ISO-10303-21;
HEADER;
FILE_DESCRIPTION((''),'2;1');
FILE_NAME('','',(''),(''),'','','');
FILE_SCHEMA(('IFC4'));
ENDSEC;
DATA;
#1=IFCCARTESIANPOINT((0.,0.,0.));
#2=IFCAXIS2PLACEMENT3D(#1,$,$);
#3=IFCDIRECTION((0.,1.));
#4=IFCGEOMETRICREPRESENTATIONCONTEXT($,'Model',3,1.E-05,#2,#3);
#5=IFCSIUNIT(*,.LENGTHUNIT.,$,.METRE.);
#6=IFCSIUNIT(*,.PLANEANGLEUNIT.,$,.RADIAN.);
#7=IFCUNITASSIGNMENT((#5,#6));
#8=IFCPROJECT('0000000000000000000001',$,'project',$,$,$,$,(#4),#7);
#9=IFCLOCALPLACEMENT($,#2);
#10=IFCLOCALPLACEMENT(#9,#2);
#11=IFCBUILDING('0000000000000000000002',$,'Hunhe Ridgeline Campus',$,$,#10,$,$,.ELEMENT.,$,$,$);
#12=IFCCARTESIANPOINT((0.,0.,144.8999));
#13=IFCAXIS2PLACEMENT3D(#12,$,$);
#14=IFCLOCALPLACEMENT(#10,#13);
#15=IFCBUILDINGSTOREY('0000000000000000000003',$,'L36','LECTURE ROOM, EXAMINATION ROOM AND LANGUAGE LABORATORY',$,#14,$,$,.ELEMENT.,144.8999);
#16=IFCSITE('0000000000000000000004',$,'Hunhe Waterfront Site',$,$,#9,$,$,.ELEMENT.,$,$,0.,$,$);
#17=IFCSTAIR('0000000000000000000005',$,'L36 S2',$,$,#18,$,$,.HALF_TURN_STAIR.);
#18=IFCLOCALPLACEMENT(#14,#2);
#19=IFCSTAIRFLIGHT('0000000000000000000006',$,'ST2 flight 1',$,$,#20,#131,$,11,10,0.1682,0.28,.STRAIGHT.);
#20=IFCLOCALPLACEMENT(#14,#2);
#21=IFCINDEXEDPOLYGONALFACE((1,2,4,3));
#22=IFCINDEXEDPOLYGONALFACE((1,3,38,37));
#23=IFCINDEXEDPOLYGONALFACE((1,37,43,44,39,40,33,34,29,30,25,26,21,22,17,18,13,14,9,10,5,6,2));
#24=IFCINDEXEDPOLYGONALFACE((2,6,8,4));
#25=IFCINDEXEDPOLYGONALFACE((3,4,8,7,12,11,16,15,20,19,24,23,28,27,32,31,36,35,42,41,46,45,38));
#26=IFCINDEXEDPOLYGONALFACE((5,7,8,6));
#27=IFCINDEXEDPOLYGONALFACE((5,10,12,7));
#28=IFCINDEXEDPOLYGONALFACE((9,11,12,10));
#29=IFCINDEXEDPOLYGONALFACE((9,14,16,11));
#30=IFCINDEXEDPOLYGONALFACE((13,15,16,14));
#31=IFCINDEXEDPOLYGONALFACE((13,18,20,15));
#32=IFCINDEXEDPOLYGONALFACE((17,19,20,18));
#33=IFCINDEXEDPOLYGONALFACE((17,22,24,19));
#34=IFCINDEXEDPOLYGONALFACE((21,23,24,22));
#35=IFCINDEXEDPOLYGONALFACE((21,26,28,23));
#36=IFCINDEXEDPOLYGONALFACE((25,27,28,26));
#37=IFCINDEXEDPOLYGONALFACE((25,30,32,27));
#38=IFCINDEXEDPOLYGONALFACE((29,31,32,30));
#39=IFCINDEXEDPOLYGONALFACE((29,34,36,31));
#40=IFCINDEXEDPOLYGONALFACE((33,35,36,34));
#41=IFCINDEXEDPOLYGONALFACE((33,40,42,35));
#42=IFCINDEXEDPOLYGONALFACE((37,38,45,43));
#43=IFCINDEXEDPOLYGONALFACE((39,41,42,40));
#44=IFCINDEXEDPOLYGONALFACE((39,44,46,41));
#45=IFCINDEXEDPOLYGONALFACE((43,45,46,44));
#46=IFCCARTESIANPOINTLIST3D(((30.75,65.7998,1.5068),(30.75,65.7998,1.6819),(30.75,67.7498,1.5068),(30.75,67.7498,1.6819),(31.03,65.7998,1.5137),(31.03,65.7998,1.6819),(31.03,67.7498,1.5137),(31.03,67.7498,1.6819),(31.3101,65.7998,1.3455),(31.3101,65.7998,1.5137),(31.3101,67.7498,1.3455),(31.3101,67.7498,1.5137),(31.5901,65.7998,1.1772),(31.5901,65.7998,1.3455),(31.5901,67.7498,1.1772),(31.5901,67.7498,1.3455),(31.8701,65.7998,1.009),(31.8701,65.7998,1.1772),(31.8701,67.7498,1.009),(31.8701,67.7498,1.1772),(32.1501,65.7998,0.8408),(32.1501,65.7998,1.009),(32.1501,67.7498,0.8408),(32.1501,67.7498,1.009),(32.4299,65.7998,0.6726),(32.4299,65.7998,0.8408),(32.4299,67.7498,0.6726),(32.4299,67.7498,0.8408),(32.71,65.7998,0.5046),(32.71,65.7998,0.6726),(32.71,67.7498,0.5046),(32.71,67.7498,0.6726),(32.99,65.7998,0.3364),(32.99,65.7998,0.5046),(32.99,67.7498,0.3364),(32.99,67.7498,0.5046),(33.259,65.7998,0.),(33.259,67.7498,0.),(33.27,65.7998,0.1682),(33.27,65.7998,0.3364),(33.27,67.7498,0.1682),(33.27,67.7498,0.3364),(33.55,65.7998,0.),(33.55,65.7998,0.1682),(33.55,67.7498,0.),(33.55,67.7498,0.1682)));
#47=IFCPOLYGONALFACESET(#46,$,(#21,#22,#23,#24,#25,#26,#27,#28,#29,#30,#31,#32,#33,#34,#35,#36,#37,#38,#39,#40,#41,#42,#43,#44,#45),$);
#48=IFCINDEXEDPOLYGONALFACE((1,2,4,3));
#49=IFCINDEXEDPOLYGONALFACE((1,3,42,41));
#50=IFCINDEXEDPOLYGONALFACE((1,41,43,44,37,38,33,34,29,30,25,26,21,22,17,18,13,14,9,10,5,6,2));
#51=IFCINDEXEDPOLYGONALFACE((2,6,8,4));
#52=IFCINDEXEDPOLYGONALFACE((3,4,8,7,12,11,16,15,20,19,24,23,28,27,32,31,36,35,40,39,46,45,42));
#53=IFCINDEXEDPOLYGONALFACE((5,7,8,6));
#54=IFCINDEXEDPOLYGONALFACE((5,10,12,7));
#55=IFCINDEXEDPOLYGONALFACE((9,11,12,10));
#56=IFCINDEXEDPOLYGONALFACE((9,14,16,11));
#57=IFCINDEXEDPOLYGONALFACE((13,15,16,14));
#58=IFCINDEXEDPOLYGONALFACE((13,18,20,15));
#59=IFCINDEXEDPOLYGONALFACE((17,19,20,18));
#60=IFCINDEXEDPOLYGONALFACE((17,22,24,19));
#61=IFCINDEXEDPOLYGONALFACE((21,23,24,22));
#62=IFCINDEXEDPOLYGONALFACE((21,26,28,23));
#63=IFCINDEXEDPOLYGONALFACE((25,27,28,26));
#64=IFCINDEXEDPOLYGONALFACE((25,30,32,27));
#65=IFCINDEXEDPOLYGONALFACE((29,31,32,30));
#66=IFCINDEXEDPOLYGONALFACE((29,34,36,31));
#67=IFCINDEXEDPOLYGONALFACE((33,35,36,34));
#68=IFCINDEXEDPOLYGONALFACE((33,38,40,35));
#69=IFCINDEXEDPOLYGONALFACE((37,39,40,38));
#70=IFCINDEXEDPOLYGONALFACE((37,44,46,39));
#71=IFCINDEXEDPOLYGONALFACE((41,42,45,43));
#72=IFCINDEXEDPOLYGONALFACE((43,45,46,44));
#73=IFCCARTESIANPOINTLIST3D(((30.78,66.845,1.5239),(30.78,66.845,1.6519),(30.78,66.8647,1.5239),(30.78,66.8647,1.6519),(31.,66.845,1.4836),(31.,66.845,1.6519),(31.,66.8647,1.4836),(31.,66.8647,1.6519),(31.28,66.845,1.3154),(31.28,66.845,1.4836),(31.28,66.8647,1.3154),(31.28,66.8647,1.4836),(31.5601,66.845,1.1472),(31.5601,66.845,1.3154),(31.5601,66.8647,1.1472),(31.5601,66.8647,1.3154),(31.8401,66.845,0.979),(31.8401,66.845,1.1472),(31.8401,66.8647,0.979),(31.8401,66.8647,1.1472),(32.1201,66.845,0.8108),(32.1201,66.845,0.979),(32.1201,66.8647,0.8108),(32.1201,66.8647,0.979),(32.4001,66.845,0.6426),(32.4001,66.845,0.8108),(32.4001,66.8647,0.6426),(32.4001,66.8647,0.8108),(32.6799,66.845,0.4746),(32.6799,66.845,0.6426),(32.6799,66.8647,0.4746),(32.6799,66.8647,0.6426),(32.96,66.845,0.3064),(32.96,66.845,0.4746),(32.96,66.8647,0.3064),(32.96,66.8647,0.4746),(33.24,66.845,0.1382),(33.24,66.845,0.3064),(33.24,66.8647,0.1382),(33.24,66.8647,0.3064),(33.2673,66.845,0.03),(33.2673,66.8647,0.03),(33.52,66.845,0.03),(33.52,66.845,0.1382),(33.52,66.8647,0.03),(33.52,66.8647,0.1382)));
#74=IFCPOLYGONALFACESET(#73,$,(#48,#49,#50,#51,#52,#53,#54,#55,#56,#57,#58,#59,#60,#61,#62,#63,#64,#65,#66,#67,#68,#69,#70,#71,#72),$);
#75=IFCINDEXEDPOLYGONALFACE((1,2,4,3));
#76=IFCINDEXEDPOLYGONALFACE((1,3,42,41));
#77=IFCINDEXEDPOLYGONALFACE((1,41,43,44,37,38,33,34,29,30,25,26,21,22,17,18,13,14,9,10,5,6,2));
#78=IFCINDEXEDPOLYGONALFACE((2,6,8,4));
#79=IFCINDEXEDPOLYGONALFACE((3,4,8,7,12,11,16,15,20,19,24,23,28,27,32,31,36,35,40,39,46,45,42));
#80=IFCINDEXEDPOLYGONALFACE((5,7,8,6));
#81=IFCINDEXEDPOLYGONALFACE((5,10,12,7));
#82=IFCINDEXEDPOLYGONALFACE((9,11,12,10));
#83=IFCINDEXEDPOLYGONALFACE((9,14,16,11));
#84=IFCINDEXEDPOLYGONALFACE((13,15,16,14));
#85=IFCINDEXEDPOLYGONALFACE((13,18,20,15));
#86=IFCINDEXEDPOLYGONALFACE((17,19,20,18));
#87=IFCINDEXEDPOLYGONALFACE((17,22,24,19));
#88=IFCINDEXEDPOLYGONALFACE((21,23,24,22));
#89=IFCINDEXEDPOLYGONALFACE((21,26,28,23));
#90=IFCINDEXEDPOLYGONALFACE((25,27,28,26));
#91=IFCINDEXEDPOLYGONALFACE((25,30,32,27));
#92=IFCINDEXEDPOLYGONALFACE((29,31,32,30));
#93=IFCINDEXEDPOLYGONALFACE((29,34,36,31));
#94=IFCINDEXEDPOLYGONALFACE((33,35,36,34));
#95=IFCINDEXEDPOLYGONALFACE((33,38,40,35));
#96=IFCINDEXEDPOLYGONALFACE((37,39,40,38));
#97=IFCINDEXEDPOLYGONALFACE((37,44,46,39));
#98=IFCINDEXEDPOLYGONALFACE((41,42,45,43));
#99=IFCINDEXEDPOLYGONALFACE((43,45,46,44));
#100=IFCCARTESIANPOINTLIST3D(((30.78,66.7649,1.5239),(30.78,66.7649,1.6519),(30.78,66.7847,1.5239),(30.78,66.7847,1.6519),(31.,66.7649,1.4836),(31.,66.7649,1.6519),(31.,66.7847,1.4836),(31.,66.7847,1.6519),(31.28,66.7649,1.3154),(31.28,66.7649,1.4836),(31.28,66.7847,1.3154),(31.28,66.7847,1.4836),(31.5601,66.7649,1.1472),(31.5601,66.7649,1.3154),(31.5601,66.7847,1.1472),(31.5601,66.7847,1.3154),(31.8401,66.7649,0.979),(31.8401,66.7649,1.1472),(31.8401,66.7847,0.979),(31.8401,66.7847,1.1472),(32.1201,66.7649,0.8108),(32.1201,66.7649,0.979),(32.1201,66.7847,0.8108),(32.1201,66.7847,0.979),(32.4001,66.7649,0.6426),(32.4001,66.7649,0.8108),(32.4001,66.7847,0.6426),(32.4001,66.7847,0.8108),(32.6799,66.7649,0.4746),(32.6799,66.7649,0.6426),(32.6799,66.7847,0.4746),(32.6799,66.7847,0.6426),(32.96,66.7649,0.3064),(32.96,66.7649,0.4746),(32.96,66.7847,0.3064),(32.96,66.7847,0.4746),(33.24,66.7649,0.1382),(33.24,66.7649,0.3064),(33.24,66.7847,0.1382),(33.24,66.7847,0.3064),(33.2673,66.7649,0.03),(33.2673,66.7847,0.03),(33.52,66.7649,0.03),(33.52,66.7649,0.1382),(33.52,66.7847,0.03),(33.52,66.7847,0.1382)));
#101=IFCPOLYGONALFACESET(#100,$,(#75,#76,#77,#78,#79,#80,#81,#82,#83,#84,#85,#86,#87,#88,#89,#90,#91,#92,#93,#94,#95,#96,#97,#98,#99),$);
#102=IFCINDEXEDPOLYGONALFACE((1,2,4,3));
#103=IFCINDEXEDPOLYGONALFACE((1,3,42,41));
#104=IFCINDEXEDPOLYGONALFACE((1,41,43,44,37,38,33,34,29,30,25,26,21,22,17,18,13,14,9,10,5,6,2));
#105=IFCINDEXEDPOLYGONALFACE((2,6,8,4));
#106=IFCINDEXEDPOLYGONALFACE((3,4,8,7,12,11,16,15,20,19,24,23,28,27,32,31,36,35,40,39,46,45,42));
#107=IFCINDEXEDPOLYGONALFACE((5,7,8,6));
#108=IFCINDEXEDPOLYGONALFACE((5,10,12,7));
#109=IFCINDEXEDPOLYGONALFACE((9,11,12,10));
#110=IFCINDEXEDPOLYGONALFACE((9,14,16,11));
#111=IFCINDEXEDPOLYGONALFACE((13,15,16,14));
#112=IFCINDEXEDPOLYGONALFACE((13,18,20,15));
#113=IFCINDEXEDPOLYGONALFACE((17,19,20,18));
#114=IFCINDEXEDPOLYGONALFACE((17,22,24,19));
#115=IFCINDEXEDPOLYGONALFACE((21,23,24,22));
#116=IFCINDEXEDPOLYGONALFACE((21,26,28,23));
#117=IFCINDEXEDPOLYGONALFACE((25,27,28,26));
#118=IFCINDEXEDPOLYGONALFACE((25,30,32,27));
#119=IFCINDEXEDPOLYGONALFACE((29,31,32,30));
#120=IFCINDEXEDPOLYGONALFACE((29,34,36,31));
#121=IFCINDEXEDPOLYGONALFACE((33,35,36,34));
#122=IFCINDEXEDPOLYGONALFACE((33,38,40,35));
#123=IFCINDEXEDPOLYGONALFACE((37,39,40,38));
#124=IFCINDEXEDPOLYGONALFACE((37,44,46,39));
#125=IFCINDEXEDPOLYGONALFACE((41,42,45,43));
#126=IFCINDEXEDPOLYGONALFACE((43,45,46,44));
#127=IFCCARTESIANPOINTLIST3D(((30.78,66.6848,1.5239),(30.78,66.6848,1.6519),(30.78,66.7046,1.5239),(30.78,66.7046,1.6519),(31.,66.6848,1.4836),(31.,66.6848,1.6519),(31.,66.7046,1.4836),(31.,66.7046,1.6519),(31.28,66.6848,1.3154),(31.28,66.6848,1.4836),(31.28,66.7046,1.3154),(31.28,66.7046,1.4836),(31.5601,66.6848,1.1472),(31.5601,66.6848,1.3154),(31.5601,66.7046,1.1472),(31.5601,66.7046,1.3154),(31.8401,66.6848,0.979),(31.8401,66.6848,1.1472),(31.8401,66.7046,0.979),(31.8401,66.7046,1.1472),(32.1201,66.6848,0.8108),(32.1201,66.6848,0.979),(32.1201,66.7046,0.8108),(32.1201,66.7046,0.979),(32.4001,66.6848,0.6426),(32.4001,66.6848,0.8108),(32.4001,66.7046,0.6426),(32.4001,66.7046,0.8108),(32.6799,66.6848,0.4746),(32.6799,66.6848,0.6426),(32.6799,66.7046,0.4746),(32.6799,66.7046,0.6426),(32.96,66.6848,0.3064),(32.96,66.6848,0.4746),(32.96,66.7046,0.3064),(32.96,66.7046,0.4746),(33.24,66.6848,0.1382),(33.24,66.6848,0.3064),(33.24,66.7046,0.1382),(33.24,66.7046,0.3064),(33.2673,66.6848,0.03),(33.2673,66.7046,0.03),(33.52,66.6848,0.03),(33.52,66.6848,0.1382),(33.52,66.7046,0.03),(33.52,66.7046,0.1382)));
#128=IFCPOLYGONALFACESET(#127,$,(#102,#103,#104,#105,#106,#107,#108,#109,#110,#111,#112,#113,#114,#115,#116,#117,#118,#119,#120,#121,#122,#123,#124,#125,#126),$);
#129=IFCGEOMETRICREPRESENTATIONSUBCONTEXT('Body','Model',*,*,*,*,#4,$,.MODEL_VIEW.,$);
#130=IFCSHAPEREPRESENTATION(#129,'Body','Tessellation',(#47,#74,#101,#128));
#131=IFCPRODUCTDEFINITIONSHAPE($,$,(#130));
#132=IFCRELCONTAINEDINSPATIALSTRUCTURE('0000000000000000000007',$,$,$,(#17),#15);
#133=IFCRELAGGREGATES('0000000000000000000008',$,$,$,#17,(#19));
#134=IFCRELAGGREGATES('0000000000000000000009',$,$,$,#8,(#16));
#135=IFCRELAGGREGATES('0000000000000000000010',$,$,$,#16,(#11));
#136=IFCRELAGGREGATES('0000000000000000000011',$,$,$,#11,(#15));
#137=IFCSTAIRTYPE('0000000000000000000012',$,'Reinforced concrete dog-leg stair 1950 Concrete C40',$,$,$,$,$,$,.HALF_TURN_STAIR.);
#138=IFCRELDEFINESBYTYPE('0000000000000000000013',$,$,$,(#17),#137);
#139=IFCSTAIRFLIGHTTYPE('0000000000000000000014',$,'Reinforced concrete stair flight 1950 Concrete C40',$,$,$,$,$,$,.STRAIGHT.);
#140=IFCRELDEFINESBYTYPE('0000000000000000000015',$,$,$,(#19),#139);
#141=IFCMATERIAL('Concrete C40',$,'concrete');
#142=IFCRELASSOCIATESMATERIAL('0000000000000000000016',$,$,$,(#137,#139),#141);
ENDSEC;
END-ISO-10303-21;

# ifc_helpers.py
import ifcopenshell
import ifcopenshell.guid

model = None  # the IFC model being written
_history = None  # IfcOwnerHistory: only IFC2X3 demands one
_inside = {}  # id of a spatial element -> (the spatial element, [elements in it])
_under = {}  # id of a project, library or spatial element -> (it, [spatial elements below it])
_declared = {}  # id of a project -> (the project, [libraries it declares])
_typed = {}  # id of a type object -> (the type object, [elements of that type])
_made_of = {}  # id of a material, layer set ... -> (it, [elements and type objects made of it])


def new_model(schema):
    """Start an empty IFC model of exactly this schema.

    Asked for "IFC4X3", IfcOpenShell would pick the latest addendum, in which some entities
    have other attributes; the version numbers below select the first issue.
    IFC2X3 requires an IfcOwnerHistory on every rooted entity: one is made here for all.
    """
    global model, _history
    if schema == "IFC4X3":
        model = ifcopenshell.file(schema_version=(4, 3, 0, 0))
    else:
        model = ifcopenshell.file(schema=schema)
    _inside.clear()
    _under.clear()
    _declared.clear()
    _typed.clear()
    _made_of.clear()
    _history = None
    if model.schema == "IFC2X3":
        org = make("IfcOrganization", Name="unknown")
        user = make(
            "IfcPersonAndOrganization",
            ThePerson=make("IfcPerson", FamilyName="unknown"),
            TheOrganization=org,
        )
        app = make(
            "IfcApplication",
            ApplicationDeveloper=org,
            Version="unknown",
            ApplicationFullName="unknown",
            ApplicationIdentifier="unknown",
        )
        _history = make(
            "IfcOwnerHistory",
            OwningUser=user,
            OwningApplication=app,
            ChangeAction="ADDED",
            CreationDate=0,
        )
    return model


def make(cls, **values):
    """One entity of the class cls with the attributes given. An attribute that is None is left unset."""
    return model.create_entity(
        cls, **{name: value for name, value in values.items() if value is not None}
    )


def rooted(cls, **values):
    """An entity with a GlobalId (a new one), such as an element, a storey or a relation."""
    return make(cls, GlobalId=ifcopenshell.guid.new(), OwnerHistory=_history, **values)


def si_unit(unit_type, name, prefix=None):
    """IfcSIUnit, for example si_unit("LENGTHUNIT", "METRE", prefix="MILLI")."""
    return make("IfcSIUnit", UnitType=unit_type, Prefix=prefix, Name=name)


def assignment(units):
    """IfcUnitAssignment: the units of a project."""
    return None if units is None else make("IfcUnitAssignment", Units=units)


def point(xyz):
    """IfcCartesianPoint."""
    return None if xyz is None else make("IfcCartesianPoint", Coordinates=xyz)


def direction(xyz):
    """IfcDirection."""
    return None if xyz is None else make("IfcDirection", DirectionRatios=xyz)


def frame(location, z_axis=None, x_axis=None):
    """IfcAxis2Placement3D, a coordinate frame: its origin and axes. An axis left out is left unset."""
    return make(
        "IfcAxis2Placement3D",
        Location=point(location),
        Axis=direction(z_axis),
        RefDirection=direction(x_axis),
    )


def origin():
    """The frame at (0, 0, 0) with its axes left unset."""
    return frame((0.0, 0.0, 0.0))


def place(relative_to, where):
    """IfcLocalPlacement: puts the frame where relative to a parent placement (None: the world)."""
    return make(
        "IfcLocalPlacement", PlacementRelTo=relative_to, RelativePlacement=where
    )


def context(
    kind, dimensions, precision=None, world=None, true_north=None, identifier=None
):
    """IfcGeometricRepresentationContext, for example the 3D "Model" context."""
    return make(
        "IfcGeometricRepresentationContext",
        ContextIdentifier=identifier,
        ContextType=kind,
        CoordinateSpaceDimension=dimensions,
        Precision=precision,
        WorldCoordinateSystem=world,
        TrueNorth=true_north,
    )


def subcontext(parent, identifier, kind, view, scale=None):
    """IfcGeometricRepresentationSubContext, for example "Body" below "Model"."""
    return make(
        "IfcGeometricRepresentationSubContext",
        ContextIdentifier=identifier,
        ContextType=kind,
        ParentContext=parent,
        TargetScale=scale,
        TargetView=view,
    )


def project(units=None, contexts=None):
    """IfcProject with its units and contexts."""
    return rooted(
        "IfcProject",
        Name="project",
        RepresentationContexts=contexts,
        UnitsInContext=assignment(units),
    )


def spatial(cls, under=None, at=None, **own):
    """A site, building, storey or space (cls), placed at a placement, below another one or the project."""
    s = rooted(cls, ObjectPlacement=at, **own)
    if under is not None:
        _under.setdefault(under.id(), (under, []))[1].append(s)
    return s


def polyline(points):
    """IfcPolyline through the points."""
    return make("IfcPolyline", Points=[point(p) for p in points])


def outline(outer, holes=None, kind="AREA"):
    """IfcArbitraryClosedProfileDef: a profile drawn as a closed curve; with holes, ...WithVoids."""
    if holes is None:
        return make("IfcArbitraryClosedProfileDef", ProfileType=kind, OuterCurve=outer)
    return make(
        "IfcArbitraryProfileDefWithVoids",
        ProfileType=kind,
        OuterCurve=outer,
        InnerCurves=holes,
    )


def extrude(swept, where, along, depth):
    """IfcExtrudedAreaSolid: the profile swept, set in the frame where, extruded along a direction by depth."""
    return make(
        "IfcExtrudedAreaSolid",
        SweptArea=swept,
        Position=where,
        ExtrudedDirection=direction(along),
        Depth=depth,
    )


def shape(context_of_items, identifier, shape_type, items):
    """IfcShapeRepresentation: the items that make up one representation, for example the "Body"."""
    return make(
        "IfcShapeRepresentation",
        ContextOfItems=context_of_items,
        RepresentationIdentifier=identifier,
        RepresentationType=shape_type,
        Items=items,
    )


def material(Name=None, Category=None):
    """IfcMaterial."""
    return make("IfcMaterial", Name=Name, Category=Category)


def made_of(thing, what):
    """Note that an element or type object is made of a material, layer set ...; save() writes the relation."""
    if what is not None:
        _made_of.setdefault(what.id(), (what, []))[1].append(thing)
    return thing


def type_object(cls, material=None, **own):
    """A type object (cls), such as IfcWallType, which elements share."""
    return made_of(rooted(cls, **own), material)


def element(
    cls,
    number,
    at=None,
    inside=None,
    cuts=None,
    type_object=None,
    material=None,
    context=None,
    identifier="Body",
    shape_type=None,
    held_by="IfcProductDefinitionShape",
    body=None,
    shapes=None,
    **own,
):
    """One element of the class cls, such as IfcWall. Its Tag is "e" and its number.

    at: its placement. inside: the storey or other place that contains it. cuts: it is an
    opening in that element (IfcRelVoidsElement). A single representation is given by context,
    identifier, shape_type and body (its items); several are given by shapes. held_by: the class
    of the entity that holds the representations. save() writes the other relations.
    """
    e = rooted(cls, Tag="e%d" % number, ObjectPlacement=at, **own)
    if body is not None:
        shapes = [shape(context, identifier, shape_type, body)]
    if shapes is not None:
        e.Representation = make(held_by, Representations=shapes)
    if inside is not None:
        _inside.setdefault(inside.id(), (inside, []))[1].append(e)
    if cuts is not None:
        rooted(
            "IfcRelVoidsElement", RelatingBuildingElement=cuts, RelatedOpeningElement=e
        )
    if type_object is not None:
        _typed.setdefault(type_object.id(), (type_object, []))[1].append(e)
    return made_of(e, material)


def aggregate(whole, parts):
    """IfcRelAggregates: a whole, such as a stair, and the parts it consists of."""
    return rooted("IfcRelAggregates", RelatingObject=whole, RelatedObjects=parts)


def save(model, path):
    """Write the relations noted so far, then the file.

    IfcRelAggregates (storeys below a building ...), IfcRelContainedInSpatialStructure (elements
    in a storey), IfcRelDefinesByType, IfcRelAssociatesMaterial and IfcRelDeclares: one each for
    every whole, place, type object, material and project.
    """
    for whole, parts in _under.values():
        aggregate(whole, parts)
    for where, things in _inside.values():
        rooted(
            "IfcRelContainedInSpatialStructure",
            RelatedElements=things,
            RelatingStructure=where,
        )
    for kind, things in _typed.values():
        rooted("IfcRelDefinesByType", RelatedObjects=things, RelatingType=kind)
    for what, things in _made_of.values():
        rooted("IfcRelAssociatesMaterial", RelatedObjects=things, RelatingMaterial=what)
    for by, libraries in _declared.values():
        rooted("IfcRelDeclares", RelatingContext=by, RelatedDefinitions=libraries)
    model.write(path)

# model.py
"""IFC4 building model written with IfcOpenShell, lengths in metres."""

from ifc_helpers import new_model, si_unit, direction, frame, origin, place, context, subcontext, project, spatial, polyline, outline, extrude, material, type_object, element, aggregate, save


model = new_model("IFC4")

# Units and contexts
model_context = context("Model", 3, precision=1e-05, world=origin(), true_north=direction((0.0, 1.0)))
body_context = subcontext(model_context, "Body", "Model", "MODEL_VIEW")
ifc_project = project(units=[si_unit("LENGTHUNIT", "METRE"), si_unit("PLANEANGLEUNIT", "RADIAN")], contexts=[model_context])

# Site, building, storey
site_placement = place(None, origin())
site = spatial("IfcSite", under=ifc_project, at=site_placement, Name="Hunhe Waterfront Site", CompositionType="ELEMENT", RefElevation=0.0)
building_placement = place(site_placement, origin())
building = spatial("IfcBuilding", under=site, at=building_placement, Name="Hunhe Ridgeline Campus", CompositionType="ELEMENT")
storey_placement = place(building_placement, frame((0.0, 0.0, 144.8999)))
storey = spatial("IfcBuildingStorey", under=building, at=storey_placement, Name="L36", Description="LECTURE ROOM, EXAMINATION ROOM AND LANGUAGE LABORATORY", CompositionType="ELEMENT", Elevation=144.8999)

# Stair, stair flight
ifc_material_1 = material(Name="Concrete C40", Category="concrete")
stair_type = type_object("IfcStairType", Name="Reinforced concrete dog-leg stair 1950 Concrete C40", PredefinedType="HALF_TURN_STAIR", material=ifc_material_1)
stair_placement = place(storey_placement, origin())
stair = element("IfcStair", 1, at=stair_placement, inside=storey, type_object=stair_type, Name="L36 S2", PredefinedType="HALF_TURN_STAIR")
stair_flight_type = type_object("IfcStairFlightType", Name="Reinforced concrete stair flight 1950 Concrete C40", PredefinedType="STRAIGHT", material=ifc_material_1)
stair_flight_1_placement = place(storey_placement, frame((33.55, 66.7749, 0.0), z_axis=(0.0, 0.0, 1.0), x_axis=(-1.0, 0.0, 0.0)))
stair_flight_1 = element("IfcStairFlight", 2, at=stair_flight_1_placement, type_object=stair_flight_type, Name="ST2 flight 1", NumberOfRisers=11, NumberOfTreads=10, PredefinedType="STRAIGHT", RiserHeight=0.1682, TreadLength=0.28, context=body_context, shape_type="SweptSolid", body=[
    extrude(outline(polyline([(0.0, 0.0), (0.0, 0.1682), (0.28, 0.1682), (0.28, 0.3364), (0.5601, 0.3364), (0.5601, 0.5046), (0.8401, 0.5046), (0.8401, 0.6726), (1.1201, 0.6726), (1.1201, 0.8408), (1.3999, 0.8408), (1.3999, 1.009), (1.6799, 1.009), (1.6799, 1.1772), (1.96, 1.1772), (1.96, 1.3455), (2.24, 1.3455), (2.24, 1.5137), (2.52, 1.5137), (2.52, 1.6819), (2.8, 1.6819), (2.8, 1.8501), (2.8, 1.5068), (0.291, 0.0), (0.0, 0.0)])), frame((0.0, 0.9751, 0.0), z_axis=(0.0, -1.0, 0.0), x_axis=(1.0, 0.0, 0.0)), (0.0, 0.0, 1.0), 1.95),
    extrude(outline(polyline([(0.03, 0.03), (0.03, 0.1382), (0.3101, 0.1382), (0.3101, 0.3064), (0.5901, 0.3064), (0.5901, 0.4746), (0.8701, 0.4746), (0.8701, 0.6426), (1.1499, 0.6426), (1.1499, 0.8108), (1.4299, 0.8108), (1.4299, 0.979), (1.71, 0.979), (1.71, 1.1472), (1.99, 1.1472), (1.99, 1.3154), (2.27, 1.3154), (2.27, 1.4836), (2.55, 1.4836), (2.55, 1.6519), (2.77, 1.6519), (2.77, 1.5239), (0.2827, 0.03), (0.03, 0.03)])), frame((0.0, -0.0701, 0.0), z_axis=(0.0, -1.0, 0.0), x_axis=(1.0, 0.0, 0.0)), (0.0, 0.0, 1.0), 0.0198),
    extrude(outline(polyline([(0.03, 0.03), (0.03, 0.1382), (0.3101, 0.1382), (0.3101, 0.3064), (0.5901, 0.3064), (0.5901, 0.4746), (0.8701, 0.4746), (0.8701, 0.6426), (1.1499, 0.6426), (1.1499, 0.8108), (1.4299, 0.8108), (1.4299, 0.979), (1.71, 0.979), (1.71, 1.1472), (1.99, 1.1472), (1.99, 1.3154), (2.27, 1.3154), (2.27, 1.4836), (2.55, 1.4836), (2.55, 1.6519), (2.77, 1.6519), (2.77, 1.5239), (0.2827, 0.03), (0.03, 0.03)])), frame((0.0, 0.01, 0.0), z_axis=(0.0, -1.0, 0.0), x_axis=(1.0, 0.0, 0.0)), (0.0, 0.0, 1.0), 0.0198),
    extrude(outline(polyline([(0.03, 0.03), (0.03, 0.1382), (0.3101, 0.1382), (0.3101, 0.3064), (0.5901, 0.3064), (0.5901, 0.4746), (0.8701, 0.4746), (0.8701, 0.6426), (1.1499, 0.6426), (1.1499, 0.8108), (1.4299, 0.8108), (1.4299, 0.979), (1.71, 0.979), (1.71, 1.1472), (1.99, 1.1472), (1.99, 1.3154), (2.27, 1.3154), (2.27, 1.4836), (2.55, 1.4836), (2.55, 1.6519), (2.77, 1.6519), (2.77, 1.5239), (0.2827, 0.03), (0.03, 0.03)])), frame((0.0, 0.0901, 0.0), z_axis=(0.0, -1.0, 0.0), x_axis=(1.0, 0.0, 0.0)), (0.0, 0.0, 1.0), 0.0198),
])
aggregate(stair, [stair_flight_1])

save(model, "model.ifc")
